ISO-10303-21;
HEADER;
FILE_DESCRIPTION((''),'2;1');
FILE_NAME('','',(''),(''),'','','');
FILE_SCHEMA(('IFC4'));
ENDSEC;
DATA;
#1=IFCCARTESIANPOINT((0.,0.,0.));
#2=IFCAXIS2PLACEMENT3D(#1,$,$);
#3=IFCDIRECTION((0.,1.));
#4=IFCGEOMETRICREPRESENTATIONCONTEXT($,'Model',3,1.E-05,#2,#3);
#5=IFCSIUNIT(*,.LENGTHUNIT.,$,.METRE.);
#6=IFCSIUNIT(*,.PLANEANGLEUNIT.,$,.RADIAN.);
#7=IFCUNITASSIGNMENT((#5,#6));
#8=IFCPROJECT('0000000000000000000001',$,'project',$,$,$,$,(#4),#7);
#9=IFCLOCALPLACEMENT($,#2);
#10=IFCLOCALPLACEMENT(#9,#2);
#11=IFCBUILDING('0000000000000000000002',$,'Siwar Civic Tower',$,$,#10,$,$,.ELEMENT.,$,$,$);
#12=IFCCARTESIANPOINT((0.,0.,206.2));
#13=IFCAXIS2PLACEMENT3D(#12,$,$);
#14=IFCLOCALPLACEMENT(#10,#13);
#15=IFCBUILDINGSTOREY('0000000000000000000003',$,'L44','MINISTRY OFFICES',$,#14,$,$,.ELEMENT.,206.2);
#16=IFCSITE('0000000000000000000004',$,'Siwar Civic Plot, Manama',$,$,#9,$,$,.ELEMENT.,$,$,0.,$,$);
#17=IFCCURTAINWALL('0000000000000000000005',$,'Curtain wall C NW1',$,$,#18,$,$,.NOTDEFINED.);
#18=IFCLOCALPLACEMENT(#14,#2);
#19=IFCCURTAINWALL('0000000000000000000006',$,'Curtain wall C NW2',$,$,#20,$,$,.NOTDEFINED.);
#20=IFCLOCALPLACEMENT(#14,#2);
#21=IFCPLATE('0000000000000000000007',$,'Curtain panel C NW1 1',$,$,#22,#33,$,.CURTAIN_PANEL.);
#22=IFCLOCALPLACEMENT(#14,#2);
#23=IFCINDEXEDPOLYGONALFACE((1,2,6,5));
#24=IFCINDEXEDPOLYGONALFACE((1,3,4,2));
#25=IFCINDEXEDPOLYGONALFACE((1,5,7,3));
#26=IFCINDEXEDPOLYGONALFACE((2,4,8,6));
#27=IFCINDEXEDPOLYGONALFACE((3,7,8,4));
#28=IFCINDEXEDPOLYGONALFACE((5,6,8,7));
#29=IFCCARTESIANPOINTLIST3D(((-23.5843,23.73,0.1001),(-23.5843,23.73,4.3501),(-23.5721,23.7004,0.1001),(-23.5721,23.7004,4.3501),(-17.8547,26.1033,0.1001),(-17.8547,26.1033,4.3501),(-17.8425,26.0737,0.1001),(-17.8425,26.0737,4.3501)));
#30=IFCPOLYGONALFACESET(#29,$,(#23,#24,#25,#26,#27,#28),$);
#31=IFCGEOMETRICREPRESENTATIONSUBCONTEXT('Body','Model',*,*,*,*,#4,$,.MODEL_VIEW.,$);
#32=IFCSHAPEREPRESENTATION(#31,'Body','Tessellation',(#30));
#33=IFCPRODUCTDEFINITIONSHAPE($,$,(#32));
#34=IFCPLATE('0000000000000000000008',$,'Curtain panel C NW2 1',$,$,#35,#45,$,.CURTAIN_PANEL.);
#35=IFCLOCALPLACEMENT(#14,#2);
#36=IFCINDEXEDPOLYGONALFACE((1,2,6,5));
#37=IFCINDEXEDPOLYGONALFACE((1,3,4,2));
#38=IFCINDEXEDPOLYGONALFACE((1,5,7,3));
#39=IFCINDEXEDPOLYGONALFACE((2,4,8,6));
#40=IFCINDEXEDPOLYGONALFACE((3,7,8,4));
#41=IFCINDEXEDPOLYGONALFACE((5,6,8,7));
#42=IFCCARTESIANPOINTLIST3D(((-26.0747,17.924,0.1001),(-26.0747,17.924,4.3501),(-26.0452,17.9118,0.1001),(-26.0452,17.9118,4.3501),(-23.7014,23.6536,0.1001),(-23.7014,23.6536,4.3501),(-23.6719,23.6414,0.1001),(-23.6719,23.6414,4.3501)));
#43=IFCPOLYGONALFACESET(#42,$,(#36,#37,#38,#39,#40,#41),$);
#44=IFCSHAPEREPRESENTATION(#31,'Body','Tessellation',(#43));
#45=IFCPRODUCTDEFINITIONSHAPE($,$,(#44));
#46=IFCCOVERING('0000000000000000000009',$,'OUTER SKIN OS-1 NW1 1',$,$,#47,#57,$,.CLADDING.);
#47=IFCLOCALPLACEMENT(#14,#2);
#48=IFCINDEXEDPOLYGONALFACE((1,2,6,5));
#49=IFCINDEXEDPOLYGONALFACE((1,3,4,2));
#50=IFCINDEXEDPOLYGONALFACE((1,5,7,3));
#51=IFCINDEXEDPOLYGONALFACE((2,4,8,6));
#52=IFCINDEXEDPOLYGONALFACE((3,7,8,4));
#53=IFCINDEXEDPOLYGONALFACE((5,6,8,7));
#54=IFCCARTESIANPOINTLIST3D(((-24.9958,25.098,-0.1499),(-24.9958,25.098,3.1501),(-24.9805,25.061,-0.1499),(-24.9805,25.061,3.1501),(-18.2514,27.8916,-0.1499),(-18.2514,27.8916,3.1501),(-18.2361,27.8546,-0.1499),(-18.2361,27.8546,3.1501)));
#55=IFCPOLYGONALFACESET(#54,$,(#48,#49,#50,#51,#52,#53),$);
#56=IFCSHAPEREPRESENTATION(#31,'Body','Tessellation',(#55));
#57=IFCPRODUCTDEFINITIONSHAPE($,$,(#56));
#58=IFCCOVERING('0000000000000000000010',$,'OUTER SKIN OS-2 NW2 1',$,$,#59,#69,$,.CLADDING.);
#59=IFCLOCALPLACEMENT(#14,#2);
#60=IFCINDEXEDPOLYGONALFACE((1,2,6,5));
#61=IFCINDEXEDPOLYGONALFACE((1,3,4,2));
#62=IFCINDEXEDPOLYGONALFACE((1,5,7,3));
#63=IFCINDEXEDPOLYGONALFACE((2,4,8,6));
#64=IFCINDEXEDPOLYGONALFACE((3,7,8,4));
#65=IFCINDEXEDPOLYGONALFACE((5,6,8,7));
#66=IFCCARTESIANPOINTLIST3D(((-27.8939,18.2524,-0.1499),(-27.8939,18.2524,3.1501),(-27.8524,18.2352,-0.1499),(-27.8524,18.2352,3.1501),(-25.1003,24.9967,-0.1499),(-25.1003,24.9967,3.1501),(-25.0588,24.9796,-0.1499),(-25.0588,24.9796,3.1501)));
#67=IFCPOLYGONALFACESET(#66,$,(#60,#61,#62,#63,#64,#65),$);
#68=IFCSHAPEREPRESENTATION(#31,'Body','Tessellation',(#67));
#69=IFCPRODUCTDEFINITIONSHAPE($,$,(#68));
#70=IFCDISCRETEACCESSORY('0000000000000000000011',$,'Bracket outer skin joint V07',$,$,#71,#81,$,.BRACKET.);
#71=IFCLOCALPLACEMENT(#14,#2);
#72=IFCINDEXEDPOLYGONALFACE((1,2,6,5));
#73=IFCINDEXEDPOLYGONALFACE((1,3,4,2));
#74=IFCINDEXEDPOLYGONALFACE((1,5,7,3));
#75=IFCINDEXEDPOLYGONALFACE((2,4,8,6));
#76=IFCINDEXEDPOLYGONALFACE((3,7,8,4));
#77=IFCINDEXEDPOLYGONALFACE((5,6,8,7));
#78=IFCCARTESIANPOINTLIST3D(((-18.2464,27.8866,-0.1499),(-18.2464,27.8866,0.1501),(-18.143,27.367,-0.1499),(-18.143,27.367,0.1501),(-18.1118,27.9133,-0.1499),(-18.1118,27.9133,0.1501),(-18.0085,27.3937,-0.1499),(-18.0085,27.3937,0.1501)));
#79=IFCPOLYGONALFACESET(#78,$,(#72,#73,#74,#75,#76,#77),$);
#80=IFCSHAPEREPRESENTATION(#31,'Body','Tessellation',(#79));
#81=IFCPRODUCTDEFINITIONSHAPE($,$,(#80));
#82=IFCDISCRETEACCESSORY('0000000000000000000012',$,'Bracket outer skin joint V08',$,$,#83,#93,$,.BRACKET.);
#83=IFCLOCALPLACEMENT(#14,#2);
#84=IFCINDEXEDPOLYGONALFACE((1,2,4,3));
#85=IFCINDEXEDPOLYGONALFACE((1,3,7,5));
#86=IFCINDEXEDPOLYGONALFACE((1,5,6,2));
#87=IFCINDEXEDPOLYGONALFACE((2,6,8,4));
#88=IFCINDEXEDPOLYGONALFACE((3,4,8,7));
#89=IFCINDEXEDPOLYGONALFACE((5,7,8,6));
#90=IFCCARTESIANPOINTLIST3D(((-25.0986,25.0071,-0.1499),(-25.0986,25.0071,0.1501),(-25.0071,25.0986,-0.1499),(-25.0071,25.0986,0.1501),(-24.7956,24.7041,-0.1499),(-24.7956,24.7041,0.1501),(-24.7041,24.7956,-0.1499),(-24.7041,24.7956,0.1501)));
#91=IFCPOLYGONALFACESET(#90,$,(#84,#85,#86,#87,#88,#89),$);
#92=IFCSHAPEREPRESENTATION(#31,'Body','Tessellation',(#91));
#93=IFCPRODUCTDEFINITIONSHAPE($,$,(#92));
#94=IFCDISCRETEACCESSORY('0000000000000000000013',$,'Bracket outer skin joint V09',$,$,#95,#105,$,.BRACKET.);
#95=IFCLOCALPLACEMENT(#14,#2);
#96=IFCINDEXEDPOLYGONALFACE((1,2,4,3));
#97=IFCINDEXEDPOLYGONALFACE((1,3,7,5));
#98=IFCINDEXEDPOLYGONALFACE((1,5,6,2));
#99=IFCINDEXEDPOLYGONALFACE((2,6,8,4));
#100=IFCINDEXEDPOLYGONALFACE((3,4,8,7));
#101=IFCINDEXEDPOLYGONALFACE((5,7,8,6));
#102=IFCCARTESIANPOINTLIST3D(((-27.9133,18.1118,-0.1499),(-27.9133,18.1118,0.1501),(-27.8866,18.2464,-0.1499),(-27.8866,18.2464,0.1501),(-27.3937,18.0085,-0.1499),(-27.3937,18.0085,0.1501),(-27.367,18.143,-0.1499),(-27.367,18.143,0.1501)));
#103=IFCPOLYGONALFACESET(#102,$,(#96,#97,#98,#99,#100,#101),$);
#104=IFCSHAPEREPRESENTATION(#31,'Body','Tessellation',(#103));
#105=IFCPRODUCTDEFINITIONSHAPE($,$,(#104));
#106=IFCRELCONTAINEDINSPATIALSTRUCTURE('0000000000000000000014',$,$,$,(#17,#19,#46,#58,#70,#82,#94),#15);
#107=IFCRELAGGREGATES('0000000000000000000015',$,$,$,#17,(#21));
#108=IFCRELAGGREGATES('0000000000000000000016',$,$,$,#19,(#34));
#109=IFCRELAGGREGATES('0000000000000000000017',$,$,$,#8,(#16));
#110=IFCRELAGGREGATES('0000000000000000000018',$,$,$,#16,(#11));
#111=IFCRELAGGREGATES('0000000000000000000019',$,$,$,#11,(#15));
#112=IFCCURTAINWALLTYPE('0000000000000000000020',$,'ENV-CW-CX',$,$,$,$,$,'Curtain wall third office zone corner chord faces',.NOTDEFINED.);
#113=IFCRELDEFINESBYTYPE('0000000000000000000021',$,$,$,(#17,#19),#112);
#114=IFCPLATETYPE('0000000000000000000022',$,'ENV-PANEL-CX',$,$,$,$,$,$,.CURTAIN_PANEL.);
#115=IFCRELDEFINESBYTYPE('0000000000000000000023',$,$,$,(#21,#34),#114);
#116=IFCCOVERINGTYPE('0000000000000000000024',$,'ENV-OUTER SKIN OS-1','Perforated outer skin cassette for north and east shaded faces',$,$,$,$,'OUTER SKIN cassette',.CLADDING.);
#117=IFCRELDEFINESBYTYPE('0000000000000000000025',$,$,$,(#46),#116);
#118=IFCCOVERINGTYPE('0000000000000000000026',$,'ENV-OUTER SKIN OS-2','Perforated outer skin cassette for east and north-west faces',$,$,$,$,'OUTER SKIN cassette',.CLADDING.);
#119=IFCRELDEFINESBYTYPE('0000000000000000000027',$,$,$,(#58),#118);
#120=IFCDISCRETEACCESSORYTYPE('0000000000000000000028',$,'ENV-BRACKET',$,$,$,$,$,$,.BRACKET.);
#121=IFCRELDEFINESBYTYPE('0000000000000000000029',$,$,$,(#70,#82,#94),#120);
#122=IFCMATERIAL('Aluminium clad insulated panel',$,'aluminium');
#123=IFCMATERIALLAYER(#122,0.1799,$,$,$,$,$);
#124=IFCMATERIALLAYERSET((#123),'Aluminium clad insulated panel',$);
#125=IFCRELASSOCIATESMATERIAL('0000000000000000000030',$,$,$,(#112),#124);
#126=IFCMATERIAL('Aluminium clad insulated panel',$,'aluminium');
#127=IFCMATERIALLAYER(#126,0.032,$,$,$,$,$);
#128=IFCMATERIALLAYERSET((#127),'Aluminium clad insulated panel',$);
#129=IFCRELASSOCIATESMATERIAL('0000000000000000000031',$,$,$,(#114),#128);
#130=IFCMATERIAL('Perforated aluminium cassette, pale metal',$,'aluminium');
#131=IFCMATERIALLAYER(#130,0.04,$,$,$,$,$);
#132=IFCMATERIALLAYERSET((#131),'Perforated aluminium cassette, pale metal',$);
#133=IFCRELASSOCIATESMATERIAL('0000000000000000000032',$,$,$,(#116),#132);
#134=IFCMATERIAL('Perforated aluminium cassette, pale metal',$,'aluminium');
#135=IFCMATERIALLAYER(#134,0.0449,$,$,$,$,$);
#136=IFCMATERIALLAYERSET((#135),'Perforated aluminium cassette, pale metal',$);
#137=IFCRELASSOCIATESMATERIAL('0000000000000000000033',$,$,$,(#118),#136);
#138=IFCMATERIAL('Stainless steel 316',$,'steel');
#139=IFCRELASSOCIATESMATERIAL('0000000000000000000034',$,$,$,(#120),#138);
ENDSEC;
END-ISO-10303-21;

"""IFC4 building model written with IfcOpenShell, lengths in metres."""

from ifc_helpers import new_model, si_unit, direction, frame, origin, origin_2d, place, context, subcontext, project, spatial, rectangle, extrude, material, layer, layer_set, type_object, element, aggregate, save


model = new_model("IFC4")

# Units and contexts
model_context = context("Model", 3, precision=1e-05, world=origin(), true_north=direction((0.0, 1.0)))
body_context = subcontext(model_context, "Body", "Model", "MODEL_VIEW")
ifc_project = project(units=[si_unit("LENGTHUNIT", "METRE"), si_unit("PLANEANGLEUNIT", "RADIAN")], contexts=[model_context])

# Site, building, storey
site_placement = place(None, origin())
site = spatial("IfcSite", under=ifc_project, at=site_placement, Name="Siwar Civic Plot, Manama", CompositionType="ELEMENT", RefElevation=0.0)
building_placement = place(site_placement, origin())
building = spatial("IfcBuilding", under=site, at=building_placement, Name="Siwar Civic Tower", CompositionType="ELEMENT")
storey_placement = place(building_placement, frame((0.0, 0.0, 206.2)))
storey = spatial("IfcBuildingStorey", under=building, at=storey_placement, Name="L44", Description="MINISTRY OFFICES", CompositionType="ELEMENT", Elevation=206.2)

# Curtain walls
ifc_material_1 = material(Name="Aluminium clad insulated panel", Category="aluminium")
ifc_layer_1 = layer(ifc_material_1, 0.1799)
ifc_layer_set_1 = layer_set([ifc_layer_1], Name="Aluminium clad insulated panel")
curtain_wall_type = type_object("IfcCurtainWallType", Name="ENV-CW-CX", ElementType="Curtain wall third office zone corner chord faces", PredefinedType="NOTDEFINED", material=ifc_layer_set_1)
curtain_wall_1_placement = place(storey_placement, origin())
curtain_wall_1 = element("IfcCurtainWall", 1, at=curtain_wall_1_placement, inside=storey, type_object=curtain_wall_type, Name="Curtain wall C NW1", PredefinedType="NOTDEFINED")
curtain_wall_2_placement = place(storey_placement, origin())
curtain_wall_2 = element("IfcCurtainWall", 2, at=curtain_wall_2_placement, inside=storey, type_object=curtain_wall_type, Name="Curtain wall C NW2", PredefinedType="NOTDEFINED")

# Plates
ifc_material_2 = material(Name="Aluminium clad insulated panel", Category="aluminium")
ifc_layer_2 = layer(ifc_material_2, 0.032)
ifc_layer_set_2 = layer_set([ifc_layer_2], Name="Aluminium clad insulated panel")
plate_type = type_object("IfcPlateType", Name="ENV-PANEL-CX", PredefinedType="CURTAIN_PANEL", material=ifc_layer_set_2)
plate_1_placement = place(storey_placement, frame((-20.7134, 24.9019, 0.1001), z_axis=(0.0, 0.0, 1.0), x_axis=(-0.92388, -0.382683, 0.0)))
plate_1 = element("IfcPlate", 3, at=plate_1_placement, type_object=plate_type, Name="Curtain panel C NW1 1", PredefinedType="CURTAIN_PANEL", context=body_context, shape_type="SweptSolid", body=[
    extrude(rectangle(XDim=6.2017, YDim=0.032, at=origin_2d()), origin(), (0.0, 0.0, 1.0), 4.25),
])
aggregate(curtain_wall_1, [plate_1])
plate_2_placement = place(storey_placement, frame((-24.8733, 20.7827, 0.1001), z_axis=(0.0, 0.0, 1.0), x_axis=(-0.382683, -0.92388, 0.0)))
plate_2 = element("IfcPlate", 4, at=plate_2_placement, type_object=plate_type, Name="Curtain panel C NW2 1", PredefinedType="CURTAIN_PANEL", context=body_context, shape_type="SweptSolid", body=[
    extrude(rectangle(XDim=6.2017, YDim=0.032, at=origin_2d()), origin(), (0.0, 0.0, 1.0), 4.25),
])
aggregate(curtain_wall_2, [plate_2])

# Coverings
ifc_material_3 = material(Name="Perforated aluminium cassette, pale metal", Category="aluminium")
ifc_layer_3 = layer(ifc_material_3, 0.04)
ifc_layer_set_3 = layer_set([ifc_layer_3], Name="Perforated aluminium cassette, pale metal")
covering_type_1 = type_object("IfcCoveringType", Name="ENV-OUTER SKIN OS-1", Description="Perforated outer skin cassette for north and east shaded faces", ElementType="OUTER SKIN cassette", PredefinedType="CLADDING", material=ifc_layer_set_3)
covering_1_placement = place(storey_placement, frame((-21.616, 26.4763, -0.1499), z_axis=(0.0, 0.0, 1.0), x_axis=(-0.92388, -0.382683, 0.0)))
element("IfcCovering", 5, at=covering_1_placement, inside=storey, type_object=covering_type_1, Name="OUTER SKIN OS-1 NW1 1", PredefinedType="CLADDING", context=body_context, shape_type="SweptSolid", body=[
    extrude(rectangle(XDim=7.3, YDim=0.04, at=origin_2d()), origin(), (0.0, 0.0, 1.0), 3.3),
])
ifc_material_4 = material(Name="Perforated aluminium cassette, pale metal", Category="aluminium")
ifc_layer_4 = layer(ifc_material_4, 0.0449)
ifc_layer_set_4 = layer_set([ifc_layer_4], Name="Perforated aluminium cassette, pale metal")
covering_type_2 = type_object("IfcCoveringType", Name="ENV-OUTER SKIN OS-2", Description="Perforated outer skin cassette for east and north-west faces", ElementType="OUTER SKIN cassette", PredefinedType="CLADDING", material=ifc_layer_set_4)
covering_2_placement = place(storey_placement, frame((-26.4763, 21.616, -0.1499), z_axis=(0.0, 0.0, 1.0), x_axis=(-0.382683, -0.92388, 0.0)))
element("IfcCovering", 6, at=covering_2_placement, inside=storey, type_object=covering_type_2, Name="OUTER SKIN OS-2 NW2 1", PredefinedType="CLADDING", context=body_context, shape_type="SweptSolid", body=[
    extrude(rectangle(XDim=7.3, YDim=0.0449, at=origin_2d()), origin(), (0.0, 0.0, 1.0), 3.3),
])

# Discrete accessories
ifc_material_5 = material(Name="Stainless steel 316", Category="steel")
discrete_accessory_type = type_object("IfcDiscreteAccessoryType", Name="ENV-BRACKET", PredefinedType="BRACKET", material=ifc_material_5)
discrete_accessory_1_placement = place(storey_placement, frame((-18.1274, 27.6401, -0.1499), z_axis=(0.0, 0.0, 1.0), x_axis=(-0.19509, 0.980785, 0.0)))
element("IfcDiscreteAccessory", 7, at=discrete_accessory_1_placement, inside=storey, type_object=discrete_accessory_type, Name="Bracket outer skin joint V07", PredefinedType="BRACKET", context=body_context, shape_type="SweptSolid", body=[
    extrude(rectangle(XDim=0.5298, YDim=0.1372, at=origin_2d()), origin(), (0.0, 0.0, 1.0), 0.3),
])
discrete_accessory_2_placement = place(storey_placement, frame((-24.9014, 24.9014, -0.1499), z_axis=(0.0, 0.0, 1.0), x_axis=(-0.707107, 0.707107, 0.0)))
element("IfcDiscreteAccessory", 8, at=discrete_accessory_2_placement, inside=storey, type_object=discrete_accessory_type, Name="Bracket outer skin joint V08", PredefinedType="BRACKET", context=body_context, shape_type="SweptSolid", body=[
    extrude(rectangle(XDim=0.4285, YDim=0.1294, at=origin_2d()), origin(), (0.0, 0.0, 1.0), 0.3),
])
discrete_accessory_3_placement = place(storey_placement, frame((-27.6401, 18.1274, -0.1499), z_axis=(0.0, 0.0, 1.0), x_axis=(-0.980785, 0.19509, 0.0)))
element("IfcDiscreteAccessory", 9, at=discrete_accessory_3_placement, inside=storey, type_object=discrete_accessory_type, Name="Bracket outer skin joint V09", PredefinedType="BRACKET", context=body_context, shape_type="SweptSolid", body=[
    extrude(rectangle(XDim=0.5298, YDim=0.1372, at=origin_2d()), origin(), (0.0, 0.0, 1.0), 0.3),
])

save(model, "model.ifc")
